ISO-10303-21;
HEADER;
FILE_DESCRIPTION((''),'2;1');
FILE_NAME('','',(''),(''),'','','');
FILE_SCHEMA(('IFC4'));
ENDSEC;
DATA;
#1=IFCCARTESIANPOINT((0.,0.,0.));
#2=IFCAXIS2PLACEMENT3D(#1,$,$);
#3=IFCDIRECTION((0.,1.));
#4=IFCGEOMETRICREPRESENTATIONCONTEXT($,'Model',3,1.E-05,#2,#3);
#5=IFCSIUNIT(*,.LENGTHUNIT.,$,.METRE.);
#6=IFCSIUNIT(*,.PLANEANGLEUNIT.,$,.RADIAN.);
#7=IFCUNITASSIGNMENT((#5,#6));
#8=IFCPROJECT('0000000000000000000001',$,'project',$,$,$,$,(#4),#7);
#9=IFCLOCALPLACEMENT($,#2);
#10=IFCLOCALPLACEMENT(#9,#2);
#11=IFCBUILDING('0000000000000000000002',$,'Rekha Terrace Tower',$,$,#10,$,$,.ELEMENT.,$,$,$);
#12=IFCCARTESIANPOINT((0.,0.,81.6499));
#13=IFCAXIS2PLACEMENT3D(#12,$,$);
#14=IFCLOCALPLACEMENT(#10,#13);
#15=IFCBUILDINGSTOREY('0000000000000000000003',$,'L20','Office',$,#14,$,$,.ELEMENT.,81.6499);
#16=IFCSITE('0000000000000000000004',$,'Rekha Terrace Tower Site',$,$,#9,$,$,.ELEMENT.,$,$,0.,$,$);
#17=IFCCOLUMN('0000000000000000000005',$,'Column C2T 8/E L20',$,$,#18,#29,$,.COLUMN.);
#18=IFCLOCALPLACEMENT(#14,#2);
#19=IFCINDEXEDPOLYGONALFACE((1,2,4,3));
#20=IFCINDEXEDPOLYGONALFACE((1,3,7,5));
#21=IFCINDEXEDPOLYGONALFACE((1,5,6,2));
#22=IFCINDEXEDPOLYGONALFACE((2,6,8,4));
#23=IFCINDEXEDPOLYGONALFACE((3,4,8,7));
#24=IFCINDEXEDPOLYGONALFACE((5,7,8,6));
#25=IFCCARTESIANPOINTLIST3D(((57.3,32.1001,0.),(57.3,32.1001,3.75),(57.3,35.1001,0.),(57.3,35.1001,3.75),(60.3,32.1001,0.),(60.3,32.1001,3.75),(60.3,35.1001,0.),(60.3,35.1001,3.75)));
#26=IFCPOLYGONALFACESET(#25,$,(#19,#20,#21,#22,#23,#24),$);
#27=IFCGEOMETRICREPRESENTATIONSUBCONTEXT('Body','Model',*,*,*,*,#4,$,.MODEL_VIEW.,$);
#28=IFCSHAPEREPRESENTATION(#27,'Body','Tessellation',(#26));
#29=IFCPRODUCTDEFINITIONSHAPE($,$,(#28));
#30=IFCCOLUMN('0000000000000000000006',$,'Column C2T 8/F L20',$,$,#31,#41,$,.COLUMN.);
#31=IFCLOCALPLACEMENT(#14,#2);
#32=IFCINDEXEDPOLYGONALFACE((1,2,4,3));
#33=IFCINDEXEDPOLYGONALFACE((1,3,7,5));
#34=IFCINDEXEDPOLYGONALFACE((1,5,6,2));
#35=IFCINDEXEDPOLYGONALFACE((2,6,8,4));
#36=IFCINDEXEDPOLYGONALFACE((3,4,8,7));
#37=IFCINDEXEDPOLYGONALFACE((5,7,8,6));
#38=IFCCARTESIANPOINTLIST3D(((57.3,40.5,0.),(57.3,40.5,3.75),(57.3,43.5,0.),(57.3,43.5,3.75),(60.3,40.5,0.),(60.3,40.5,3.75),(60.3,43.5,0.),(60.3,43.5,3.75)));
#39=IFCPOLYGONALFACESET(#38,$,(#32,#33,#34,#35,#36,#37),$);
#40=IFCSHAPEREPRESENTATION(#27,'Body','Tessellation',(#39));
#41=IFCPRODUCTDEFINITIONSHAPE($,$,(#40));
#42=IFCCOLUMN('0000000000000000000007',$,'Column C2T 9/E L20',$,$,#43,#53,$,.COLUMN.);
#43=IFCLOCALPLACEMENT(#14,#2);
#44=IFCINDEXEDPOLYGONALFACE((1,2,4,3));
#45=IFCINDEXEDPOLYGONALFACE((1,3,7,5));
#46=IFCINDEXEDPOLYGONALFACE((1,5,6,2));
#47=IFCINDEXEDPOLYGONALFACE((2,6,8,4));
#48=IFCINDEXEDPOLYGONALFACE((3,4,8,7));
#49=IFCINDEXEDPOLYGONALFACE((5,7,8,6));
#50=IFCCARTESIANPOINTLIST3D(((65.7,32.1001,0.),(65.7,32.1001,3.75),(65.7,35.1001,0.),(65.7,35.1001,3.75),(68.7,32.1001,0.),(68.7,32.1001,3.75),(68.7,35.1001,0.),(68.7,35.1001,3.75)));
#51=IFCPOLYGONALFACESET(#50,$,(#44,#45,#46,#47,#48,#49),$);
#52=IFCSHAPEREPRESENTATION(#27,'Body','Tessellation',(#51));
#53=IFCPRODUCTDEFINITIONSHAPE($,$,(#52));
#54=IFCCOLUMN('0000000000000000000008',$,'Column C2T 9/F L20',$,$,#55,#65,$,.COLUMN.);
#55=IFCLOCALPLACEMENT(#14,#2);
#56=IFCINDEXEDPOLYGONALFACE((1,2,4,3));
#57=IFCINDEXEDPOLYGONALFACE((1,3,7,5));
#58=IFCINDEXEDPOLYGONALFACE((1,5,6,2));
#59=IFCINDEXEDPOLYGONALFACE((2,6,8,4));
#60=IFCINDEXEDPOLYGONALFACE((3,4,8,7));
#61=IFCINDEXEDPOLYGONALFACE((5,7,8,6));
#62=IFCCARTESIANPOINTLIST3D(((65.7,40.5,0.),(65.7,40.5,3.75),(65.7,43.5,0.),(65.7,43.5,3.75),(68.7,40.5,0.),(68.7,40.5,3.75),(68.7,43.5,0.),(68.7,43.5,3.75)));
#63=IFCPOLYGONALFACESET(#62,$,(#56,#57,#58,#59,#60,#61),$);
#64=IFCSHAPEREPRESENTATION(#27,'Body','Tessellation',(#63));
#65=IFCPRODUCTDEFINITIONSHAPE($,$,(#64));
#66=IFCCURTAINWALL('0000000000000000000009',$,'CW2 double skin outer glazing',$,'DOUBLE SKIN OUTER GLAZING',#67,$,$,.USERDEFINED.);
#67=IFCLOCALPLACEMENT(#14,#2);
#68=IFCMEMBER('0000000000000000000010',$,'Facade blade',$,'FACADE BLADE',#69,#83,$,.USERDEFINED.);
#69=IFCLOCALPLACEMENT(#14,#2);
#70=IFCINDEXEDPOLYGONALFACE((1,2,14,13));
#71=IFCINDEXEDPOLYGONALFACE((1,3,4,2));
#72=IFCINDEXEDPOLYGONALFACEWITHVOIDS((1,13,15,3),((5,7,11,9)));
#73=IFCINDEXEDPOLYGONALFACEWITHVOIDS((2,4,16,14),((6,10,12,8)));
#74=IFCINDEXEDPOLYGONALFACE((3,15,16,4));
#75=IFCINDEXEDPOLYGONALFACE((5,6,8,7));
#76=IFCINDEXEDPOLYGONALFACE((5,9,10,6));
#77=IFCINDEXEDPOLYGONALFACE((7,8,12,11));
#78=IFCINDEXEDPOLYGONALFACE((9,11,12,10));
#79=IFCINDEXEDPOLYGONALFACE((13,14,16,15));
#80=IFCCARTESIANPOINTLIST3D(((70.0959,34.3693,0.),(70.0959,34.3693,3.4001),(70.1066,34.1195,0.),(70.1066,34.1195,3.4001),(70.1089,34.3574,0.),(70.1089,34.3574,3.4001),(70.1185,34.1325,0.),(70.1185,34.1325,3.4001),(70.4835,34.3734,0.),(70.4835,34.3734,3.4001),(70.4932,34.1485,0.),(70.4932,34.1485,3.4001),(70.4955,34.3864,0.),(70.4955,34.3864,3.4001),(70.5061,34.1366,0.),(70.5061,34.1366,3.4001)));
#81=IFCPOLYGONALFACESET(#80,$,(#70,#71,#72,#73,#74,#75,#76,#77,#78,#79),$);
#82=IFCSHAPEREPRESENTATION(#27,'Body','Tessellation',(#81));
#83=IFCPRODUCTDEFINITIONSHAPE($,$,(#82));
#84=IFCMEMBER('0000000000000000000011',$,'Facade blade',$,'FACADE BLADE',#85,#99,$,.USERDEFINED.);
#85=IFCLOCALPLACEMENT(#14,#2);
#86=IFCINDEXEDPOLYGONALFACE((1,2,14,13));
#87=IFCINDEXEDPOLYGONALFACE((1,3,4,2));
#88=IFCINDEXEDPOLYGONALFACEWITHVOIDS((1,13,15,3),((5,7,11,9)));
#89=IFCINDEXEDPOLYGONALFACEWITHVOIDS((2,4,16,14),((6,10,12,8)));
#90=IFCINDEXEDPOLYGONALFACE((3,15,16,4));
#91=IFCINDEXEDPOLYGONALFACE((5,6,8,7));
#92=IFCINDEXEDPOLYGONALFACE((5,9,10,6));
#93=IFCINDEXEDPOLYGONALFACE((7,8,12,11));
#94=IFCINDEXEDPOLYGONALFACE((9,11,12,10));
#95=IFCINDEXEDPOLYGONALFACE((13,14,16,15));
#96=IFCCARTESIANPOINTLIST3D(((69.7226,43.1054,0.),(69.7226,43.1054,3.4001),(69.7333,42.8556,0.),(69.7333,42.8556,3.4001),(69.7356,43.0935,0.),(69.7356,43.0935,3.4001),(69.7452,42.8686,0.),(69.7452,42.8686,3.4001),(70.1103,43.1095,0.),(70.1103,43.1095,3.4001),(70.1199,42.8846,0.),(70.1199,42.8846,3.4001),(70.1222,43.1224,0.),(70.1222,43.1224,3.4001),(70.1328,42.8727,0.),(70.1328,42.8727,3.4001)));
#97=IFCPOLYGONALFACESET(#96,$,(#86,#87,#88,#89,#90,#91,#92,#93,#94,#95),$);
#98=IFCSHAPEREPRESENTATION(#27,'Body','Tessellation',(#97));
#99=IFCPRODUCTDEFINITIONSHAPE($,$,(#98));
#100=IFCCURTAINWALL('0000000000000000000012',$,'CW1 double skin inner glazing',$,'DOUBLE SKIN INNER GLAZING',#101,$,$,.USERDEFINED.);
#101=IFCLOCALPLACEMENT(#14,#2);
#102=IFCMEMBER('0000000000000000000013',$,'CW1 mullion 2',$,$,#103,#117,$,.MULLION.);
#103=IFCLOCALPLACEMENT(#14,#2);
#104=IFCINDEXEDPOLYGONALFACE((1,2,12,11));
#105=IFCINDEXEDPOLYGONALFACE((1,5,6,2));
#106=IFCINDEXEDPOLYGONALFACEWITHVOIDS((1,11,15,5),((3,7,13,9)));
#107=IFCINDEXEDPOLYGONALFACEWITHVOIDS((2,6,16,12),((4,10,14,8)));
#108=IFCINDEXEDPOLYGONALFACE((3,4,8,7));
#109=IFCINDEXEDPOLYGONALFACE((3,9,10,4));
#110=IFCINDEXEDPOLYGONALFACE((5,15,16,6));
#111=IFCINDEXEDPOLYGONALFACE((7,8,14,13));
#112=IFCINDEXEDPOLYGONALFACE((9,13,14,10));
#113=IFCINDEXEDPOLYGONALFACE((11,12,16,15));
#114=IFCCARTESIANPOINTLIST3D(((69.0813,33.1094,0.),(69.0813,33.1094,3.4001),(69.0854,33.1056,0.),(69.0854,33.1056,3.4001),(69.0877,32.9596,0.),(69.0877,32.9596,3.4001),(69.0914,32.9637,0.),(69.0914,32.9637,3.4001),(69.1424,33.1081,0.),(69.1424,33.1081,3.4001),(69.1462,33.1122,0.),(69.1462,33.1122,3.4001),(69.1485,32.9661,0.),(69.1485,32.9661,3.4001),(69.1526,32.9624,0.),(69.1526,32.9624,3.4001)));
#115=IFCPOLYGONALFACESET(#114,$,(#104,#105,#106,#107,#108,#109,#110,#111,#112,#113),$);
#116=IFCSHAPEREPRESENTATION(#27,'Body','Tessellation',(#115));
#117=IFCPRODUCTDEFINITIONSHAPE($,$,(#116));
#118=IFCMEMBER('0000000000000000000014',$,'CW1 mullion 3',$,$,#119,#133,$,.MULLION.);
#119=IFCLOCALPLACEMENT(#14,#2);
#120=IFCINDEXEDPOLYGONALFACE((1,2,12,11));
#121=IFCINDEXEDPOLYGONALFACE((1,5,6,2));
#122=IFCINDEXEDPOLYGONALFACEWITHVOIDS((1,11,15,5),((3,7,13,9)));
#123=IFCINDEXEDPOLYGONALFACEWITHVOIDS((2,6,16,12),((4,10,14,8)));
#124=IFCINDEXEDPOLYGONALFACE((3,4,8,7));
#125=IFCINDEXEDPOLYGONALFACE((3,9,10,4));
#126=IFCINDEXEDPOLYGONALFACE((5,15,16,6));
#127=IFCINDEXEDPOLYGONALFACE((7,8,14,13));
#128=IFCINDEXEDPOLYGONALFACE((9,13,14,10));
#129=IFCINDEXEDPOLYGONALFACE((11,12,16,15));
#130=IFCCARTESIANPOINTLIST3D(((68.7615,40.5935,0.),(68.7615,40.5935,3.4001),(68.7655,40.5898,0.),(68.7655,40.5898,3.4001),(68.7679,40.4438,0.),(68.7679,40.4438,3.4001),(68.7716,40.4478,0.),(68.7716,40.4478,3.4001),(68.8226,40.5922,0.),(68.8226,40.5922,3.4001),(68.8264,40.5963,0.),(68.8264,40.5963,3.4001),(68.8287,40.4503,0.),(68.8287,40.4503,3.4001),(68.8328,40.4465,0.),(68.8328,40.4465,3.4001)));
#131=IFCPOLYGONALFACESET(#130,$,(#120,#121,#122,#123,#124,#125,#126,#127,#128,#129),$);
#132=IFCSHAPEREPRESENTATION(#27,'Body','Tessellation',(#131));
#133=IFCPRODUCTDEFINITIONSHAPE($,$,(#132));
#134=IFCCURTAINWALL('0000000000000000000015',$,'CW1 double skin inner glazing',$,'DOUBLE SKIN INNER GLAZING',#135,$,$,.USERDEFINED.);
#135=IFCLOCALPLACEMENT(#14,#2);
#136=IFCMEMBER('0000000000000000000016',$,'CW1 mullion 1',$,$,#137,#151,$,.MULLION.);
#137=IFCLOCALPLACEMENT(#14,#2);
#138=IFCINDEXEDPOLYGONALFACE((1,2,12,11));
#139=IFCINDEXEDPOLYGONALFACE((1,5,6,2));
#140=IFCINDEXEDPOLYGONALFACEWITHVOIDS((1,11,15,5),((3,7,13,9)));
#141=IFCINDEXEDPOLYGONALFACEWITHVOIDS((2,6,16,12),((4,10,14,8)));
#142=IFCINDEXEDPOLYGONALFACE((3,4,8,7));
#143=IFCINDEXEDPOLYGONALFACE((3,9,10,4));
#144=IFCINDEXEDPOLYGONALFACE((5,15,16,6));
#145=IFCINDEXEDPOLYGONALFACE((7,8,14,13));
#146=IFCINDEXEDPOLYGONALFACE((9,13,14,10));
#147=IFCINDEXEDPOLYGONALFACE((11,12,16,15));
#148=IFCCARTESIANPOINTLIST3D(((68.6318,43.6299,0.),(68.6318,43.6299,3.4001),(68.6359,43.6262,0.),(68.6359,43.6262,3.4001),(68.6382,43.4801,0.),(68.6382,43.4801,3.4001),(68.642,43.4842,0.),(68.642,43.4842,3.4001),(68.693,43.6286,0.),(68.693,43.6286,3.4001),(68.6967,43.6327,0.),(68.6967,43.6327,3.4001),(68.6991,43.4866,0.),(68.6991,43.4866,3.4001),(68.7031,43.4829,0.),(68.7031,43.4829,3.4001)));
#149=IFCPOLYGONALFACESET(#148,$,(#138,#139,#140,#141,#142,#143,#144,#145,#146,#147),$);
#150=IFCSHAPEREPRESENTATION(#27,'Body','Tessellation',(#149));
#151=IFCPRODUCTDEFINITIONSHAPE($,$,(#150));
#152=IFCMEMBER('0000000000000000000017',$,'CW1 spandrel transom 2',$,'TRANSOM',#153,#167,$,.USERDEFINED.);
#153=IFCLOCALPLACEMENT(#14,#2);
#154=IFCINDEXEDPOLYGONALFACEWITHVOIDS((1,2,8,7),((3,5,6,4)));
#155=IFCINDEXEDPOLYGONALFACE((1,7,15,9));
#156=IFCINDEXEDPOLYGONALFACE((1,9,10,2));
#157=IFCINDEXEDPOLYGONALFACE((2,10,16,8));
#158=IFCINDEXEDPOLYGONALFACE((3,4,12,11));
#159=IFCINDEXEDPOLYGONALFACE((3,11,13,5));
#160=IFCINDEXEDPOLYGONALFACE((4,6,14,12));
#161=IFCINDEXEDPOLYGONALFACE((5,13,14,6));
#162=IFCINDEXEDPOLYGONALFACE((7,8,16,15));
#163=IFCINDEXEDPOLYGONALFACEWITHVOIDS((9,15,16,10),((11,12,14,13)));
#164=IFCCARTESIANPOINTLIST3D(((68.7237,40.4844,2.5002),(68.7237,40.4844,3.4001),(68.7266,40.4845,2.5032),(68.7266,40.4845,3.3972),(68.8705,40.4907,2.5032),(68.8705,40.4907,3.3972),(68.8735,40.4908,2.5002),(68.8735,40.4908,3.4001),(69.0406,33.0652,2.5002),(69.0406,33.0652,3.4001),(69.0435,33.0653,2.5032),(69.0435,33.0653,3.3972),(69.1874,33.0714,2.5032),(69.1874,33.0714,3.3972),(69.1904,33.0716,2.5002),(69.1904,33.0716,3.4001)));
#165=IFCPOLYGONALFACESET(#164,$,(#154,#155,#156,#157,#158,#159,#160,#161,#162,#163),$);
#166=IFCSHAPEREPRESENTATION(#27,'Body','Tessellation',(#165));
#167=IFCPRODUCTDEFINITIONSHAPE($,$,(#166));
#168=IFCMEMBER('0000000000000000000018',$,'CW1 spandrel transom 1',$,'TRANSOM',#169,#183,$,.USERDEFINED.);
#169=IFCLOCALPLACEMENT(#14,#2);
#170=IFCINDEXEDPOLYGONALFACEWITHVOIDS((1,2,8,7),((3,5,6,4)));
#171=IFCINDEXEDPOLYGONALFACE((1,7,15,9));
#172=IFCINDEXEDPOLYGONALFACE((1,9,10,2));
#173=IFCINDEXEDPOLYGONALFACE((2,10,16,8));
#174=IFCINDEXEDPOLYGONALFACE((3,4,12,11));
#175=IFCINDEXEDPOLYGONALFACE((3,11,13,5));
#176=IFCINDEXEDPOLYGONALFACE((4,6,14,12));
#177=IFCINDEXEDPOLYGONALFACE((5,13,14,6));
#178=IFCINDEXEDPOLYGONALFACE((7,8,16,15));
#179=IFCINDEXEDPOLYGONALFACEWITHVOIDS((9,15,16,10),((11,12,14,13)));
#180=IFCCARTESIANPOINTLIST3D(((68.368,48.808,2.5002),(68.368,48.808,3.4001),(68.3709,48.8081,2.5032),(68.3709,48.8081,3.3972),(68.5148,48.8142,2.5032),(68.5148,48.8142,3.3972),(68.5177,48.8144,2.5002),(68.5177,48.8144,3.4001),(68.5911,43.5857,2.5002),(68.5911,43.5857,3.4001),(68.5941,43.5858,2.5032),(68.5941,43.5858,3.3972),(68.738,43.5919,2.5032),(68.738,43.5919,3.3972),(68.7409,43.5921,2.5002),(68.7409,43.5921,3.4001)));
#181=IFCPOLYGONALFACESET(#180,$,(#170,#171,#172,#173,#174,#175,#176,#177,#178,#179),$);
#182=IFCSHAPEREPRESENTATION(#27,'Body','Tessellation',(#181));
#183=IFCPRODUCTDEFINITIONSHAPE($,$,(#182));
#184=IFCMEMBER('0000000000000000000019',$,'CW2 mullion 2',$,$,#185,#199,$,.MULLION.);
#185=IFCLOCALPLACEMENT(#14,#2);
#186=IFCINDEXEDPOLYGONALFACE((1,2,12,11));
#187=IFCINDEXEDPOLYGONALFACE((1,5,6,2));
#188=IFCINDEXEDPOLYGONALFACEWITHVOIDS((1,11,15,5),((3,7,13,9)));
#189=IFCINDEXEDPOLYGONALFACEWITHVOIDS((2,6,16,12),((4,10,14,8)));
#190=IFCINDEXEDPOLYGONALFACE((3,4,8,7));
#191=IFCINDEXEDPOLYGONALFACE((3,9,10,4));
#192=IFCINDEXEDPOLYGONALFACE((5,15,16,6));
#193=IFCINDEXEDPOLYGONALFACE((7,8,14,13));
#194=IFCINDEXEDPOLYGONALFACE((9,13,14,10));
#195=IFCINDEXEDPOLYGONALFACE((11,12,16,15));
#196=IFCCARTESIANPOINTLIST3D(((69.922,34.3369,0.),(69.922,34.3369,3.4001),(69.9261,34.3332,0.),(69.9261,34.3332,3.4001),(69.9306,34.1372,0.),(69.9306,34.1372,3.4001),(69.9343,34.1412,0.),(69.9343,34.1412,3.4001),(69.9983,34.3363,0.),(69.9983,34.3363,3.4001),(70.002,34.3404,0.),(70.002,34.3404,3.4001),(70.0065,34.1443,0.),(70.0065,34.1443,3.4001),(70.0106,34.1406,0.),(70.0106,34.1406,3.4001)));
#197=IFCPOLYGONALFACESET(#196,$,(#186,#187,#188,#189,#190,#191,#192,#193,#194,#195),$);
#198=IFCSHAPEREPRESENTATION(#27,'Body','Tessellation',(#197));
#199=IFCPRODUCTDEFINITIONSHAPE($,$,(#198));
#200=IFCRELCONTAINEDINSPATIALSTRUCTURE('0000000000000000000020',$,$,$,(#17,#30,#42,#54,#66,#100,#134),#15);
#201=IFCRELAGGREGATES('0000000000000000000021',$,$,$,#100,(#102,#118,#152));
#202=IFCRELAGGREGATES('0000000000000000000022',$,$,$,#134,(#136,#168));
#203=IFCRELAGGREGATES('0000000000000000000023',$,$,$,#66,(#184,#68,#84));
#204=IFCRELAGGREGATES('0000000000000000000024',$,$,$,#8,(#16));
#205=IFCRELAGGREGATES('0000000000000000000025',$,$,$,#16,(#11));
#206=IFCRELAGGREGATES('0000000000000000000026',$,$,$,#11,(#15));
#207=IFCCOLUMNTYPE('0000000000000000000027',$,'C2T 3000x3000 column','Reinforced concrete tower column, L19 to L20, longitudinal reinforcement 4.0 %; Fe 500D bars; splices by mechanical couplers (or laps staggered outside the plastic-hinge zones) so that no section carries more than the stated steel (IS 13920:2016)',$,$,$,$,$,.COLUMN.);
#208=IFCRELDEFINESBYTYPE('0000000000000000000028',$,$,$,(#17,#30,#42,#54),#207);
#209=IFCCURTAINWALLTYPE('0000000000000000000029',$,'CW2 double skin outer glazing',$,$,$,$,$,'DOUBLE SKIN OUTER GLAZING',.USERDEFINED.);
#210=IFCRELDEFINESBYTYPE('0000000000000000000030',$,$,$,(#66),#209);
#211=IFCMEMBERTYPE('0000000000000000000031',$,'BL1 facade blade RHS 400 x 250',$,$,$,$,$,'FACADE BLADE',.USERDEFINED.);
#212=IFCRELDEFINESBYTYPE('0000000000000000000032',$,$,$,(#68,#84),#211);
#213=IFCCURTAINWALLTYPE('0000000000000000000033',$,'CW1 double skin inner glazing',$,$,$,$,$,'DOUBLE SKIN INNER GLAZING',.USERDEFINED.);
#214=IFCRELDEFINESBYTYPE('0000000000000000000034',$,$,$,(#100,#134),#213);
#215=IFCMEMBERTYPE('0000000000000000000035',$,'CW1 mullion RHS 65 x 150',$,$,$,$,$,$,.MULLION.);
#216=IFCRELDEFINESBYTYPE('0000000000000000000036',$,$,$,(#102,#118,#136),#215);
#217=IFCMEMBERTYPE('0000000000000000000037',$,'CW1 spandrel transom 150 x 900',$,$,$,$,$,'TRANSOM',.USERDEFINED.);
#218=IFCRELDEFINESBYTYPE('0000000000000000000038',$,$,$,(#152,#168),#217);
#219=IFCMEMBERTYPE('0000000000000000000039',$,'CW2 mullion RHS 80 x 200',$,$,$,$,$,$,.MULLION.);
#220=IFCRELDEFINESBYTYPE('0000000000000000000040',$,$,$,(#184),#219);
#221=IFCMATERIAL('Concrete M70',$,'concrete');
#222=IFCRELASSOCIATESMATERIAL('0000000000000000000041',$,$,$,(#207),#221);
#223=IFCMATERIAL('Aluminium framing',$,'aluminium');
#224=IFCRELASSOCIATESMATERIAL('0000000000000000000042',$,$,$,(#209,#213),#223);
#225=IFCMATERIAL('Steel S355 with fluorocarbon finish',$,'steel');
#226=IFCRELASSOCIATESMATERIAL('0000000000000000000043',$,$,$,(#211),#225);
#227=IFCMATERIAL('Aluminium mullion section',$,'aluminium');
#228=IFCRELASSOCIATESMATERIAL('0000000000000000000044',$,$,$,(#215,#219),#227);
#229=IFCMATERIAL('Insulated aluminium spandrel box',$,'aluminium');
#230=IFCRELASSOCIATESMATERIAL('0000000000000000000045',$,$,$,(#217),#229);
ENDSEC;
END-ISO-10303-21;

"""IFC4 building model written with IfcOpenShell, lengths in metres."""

from ifc_helpers import new_model, si_unit, direction, frame, origin, origin_2d, place, context, subcontext, project, spatial, rectangle, hollow_rectangle, extrude, material, material_profile, profile_set, type_object, element, aggregate, save


model = new_model("IFC4")

# Units and contexts
model_context = context("Model", 3, precision=1e-05, world=origin(), true_north=direction((0.0, 1.0)))
body_context = subcontext(model_context, "Body", "Model", "MODEL_VIEW")
ifc_project = project(units=[si_unit("LENGTHUNIT", "METRE"), si_unit("PLANEANGLEUNIT", "RADIAN")], contexts=[model_context])

# Site, building, storey
site_placement = place(None, origin())
site = spatial("IfcSite", under=ifc_project, at=site_placement, Name="Rekha Terrace Tower Site", CompositionType="ELEMENT", RefElevation=0.0)
building_placement = place(site_placement, origin())
building = spatial("IfcBuilding", under=site, at=building_placement, Name="Rekha Terrace Tower", CompositionType="ELEMENT")
storey_placement = place(building_placement, frame((0.0, 0.0, 81.6499)))
storey = spatial("IfcBuildingStorey", under=building, at=storey_placement, Name="L20", Description="Office", CompositionType="ELEMENT", Elevation=81.6499)

# Columns
ifc_material_1 = material(Name="Concrete M70", Category="concrete")
ifc_material_profile_1 = material_profile(ifc_material_1, rectangle(XDim=3.0, YDim=3.0, at=origin_2d()), Name="RC 3000x3000")
ifc_profile_set_1 = profile_set([ifc_material_profile_1], Name="Concrete M70")
column_type = type_object("IfcColumnType", Name="C2T 3000x3000 column", Description="Reinforced concrete tower column, L19 to L20, longitudinal reinforcement 4.0 %; Fe 500D bars; splices by mechanical couplers (or laps staggered outside the plastic-hinge zones) so that no section carries more than the stated steel (IS 13920:2016)", PredefinedType="COLUMN", material=ifc_profile_set_1)
for number, where, z_axis, x_axis, name in (
    (1, (58.8, 33.6001, 0.0), (0.0, 0.0, 1.0), (1.0, 0.0, 0.0), "Column C2T 8/E L20"),
    (2, (58.8, 42.0, 0.0), (0.0, 0.0, 1.0), (1.0, 0.0, 0.0), "Column C2T 8/F L20"),
    (3, (67.2, 33.6001, 0.0), (0.0, 0.0, 1.0), (1.0, 0.0, 0.0), "Column C2T 9/E L20"),
    (4, (67.2, 42.0, 0.0), (0.0, 0.0, 1.0), (1.0, 0.0, 0.0), "Column C2T 9/F L20"),
):
    element("IfcColumn", number, at=place(storey_placement, frame(where, z_axis=z_axis, x_axis=x_axis)), inside=storey, type_object=column_type, Name=name, PredefinedType="COLUMN", context=body_context, shape_type="SweptSolid", body=[
        extrude(rectangle(XDim=3.0, YDim=3.0, at=origin_2d()), origin(), (0.0, 0.0, 1.0), 3.75),
    ])

# Curtain walls, members
ifc_material_2 = material(Name="Aluminium framing", Category="aluminium")
curtain_wall_type_1 = type_object("IfcCurtainWallType", Name="CW2 double skin outer glazing", ElementType="DOUBLE SKIN OUTER GLAZING", PredefinedType="USERDEFINED", material=ifc_material_2)
curtain_wall_1_placement = place(storey_placement, origin())
curtain_wall_1 = element("IfcCurtainWall", 5, at=curtain_wall_1_placement, inside=storey, type_object=curtain_wall_type_1, Name="CW2 double skin outer glazing", ObjectType="DOUBLE SKIN OUTER GLAZING", PredefinedType="USERDEFINED")
ifc_material_3 = material(Name="Steel S355 with fluorocarbon finish", Category="steel")
ifc_material_profile_2 = material_profile(ifc_material_3, hollow_rectangle(XDim=0.25, YDim=0.3999, WallThickness=0.0125, at=origin_2d()), Name="RHS400x250x12.5")
ifc_profile_set_2 = profile_set([ifc_material_profile_2], Name="Steel S355 with fluorocarbon finish")
member_type_1 = type_object("IfcMemberType", Name="BL1 facade blade RHS 400 x 250", ElementType="FACADE BLADE", PredefinedType="USERDEFINED", material=ifc_profile_set_2)
member_1_placement = place(storey_placement, frame((70.301, 34.2529, 0.0), z_axis=(0.0, 0.0, 1.0), x_axis=(-0.042695, 0.999088, 0.0)))
member_1 = element("IfcMember", 6, at=member_1_placement, type_object=member_type_1, Name="Facade blade", ObjectType="FACADE BLADE", PredefinedType="USERDEFINED", context=body_context, shape_type="SweptSolid", body=[
    extrude(hollow_rectangle(XDim=0.25, YDim=0.3999, WallThickness=0.0125, at=origin_2d()), origin(), (0.0, 0.0, 1.0), 3.4001),
])
member_2_placement = place(storey_placement, frame((69.9277, 42.989, 0.0), z_axis=(0.0, 0.0, 1.0), x_axis=(-0.042695, 0.999088, 0.0)))
member_2 = element("IfcMember", 7, at=member_2_placement, type_object=member_type_1, Name="Facade blade", ObjectType="FACADE BLADE", PredefinedType="USERDEFINED", context=body_context, shape_type="SweptSolid", body=[
    extrude(hollow_rectangle(XDim=0.25, YDim=0.3999, WallThickness=0.0125, at=origin_2d()), origin(), (0.0, 0.0, 1.0), 3.4001),
])
curtain_wall_type_2 = type_object("IfcCurtainWallType", Name="CW1 double skin inner glazing", ElementType="DOUBLE SKIN INNER GLAZING", PredefinedType="USERDEFINED", material=ifc_material_2)
curtain_wall_2_placement = place(storey_placement, origin())
curtain_wall_2 = element("IfcCurtainWall", 8, at=curtain_wall_2_placement, inside=storey, type_object=curtain_wall_type_2, Name="CW1 double skin inner glazing", ObjectType="DOUBLE SKIN INNER GLAZING", PredefinedType="USERDEFINED")
ifc_material_4 = material(Name="Aluminium mullion section", Category="aluminium")
ifc_material_profile_3 = material_profile(ifc_material_4, hollow_rectangle(XDim=0.0649, YDim=0.1499, WallThickness=0.0039, at=origin_2d()), Name="AL RHS 65x150")
ifc_profile_set_3 = profile_set([ifc_material_profile_3], Name="Aluminium mullion section")
member_type_2 = type_object("IfcMemberType", Name="CW1 mullion RHS 65 x 150", PredefinedType="MULLION", material=ifc_profile_set_3)
member_3_placement = place(storey_placement, frame((69.1169, 33.0359, 0.0), z_axis=(0.0, 0.0, 1.0), x_axis=(-0.999088, -0.042696, 0.0)))
member_3 = element("IfcMember", 9, at=member_3_placement, type_object=member_type_2, Name="CW1 mullion 2", PredefinedType="MULLION", context=body_context, shape_type="SweptSolid", body=[
    extrude(hollow_rectangle(XDim=0.0649, YDim=0.1499, WallThickness=0.0039, at=origin_2d()), origin(), (0.0, 0.0, 1.0), 3.4001),
])
member_4_placement = place(storey_placement, frame((68.7971, 40.52, 0.0), z_axis=(0.0, 0.0, 1.0), x_axis=(-0.999088, -0.042696, 0.0)))
member_4 = element("IfcMember", 10, at=member_4_placement, type_object=member_type_2, Name="CW1 mullion 3", PredefinedType="MULLION", context=body_context, shape_type="SweptSolid", body=[
    extrude(hollow_rectangle(XDim=0.0649, YDim=0.1499, WallThickness=0.0039, at=origin_2d()), origin(), (0.0, 0.0, 1.0), 3.4001),
])

# Curtain wall, member
curtain_wall_3_placement = place(storey_placement, origin())
curtain_wall_3 = element("IfcCurtainWall", 11, at=curtain_wall_3_placement, inside=storey, type_object=curtain_wall_type_2, Name="CW1 double skin inner glazing", ObjectType="DOUBLE SKIN INNER GLAZING", PredefinedType="USERDEFINED")
member_5_placement = place(storey_placement, frame((68.6675, 43.5564, 0.0), z_axis=(0.0, 0.0, 1.0), x_axis=(-0.999088, -0.042696, 0.0)))
member_5 = element("IfcMember", 12, at=member_5_placement, type_object=member_type_2, Name="CW1 mullion 1", PredefinedType="MULLION", context=body_context, shape_type="SweptSolid", body=[
    extrude(hollow_rectangle(XDim=0.0649, YDim=0.1499, WallThickness=0.0039, at=origin_2d()), origin(), (0.0, 0.0, 1.0), 3.4001),
])

# Members
ifc_material_5 = material(Name="Insulated aluminium spandrel box", Category="aluminium")
ifc_material_profile_4 = material_profile(ifc_material_5, hollow_rectangle(XDim=0.1499, YDim=0.8999, WallThickness=0.0029, at=origin_2d()), Name="AL SPANDREL BOX 150x900")
ifc_profile_set_4 = profile_set([ifc_material_profile_4], Name="Insulated aluminium spandrel box")
member_type_3 = type_object("IfcMemberType", Name="CW1 spandrel transom 150 x 900", ElementType="TRANSOM", PredefinedType="USERDEFINED", material=ifc_profile_set_4)
member_6_placement = place(storey_placement, frame((69.1155, 33.0684, 2.9502), z_axis=(-0.042674, 0.999089, 0.0), x_axis=(-0.999089, -0.042674, 0.0)))
member_6 = element("IfcMember", 13, at=member_6_placement, type_object=member_type_3, Name="CW1 spandrel transom 2", ObjectType="TRANSOM", PredefinedType="USERDEFINED", context=body_context, shape_type="SweptSolid", body=[
    extrude(hollow_rectangle(XDim=0.1499, YDim=0.8999, WallThickness=0.0029, at=origin_2d()), origin(), (0.0, 0.0, 1.0), 7.426),
])
member_7_placement = place(storey_placement, frame((68.666, 43.5889, 2.9502), z_axis=(-0.042691, 0.999088, 0.0), x_axis=(-0.999088, -0.042691, 0.0)))
member_7 = element("IfcMember", 14, at=member_7_placement, type_object=member_type_3, Name="CW1 spandrel transom 1", ObjectType="TRANSOM", PredefinedType="USERDEFINED", context=body_context, shape_type="SweptSolid", body=[
    extrude(hollow_rectangle(XDim=0.1499, YDim=0.8999, WallThickness=0.0029, at=origin_2d()), origin(), (0.0, 0.0, 1.0), 5.2271),
])
ifc_material_profile_5 = material_profile(ifc_material_4, hollow_rectangle(XDim=0.0801, YDim=0.2, WallThickness=0.0039, at=origin_2d()), Name="AL RHS 80x200")
ifc_profile_set_5 = profile_set([ifc_material_profile_5], Name="Aluminium mullion section")
member_type_4 = type_object("IfcMemberType", Name="CW2 mullion RHS 80 x 200", PredefinedType="MULLION", material=ifc_profile_set_5)
member_8_placement = place(storey_placement, frame((69.9663, 34.2388, 0.0), z_axis=(0.0, 0.0, 1.0), x_axis=(-0.999088, -0.042696, 0.0)))
member_8 = element("IfcMember", 15, at=member_8_placement, type_object=member_type_4, Name="CW2 mullion 2", PredefinedType="MULLION", context=body_context, shape_type="SweptSolid", body=[
    extrude(hollow_rectangle(XDim=0.0801, YDim=0.2, WallThickness=0.0039, at=origin_2d()), origin(), (0.0, 0.0, 1.0), 3.4001),
])

aggregate(curtain_wall_2, [member_3, member_4, member_6])
aggregate(curtain_wall_3, [member_5, member_7])
aggregate(curtain_wall_1, [member_8, member_1, member_2])

save(model, "model.ifc")
